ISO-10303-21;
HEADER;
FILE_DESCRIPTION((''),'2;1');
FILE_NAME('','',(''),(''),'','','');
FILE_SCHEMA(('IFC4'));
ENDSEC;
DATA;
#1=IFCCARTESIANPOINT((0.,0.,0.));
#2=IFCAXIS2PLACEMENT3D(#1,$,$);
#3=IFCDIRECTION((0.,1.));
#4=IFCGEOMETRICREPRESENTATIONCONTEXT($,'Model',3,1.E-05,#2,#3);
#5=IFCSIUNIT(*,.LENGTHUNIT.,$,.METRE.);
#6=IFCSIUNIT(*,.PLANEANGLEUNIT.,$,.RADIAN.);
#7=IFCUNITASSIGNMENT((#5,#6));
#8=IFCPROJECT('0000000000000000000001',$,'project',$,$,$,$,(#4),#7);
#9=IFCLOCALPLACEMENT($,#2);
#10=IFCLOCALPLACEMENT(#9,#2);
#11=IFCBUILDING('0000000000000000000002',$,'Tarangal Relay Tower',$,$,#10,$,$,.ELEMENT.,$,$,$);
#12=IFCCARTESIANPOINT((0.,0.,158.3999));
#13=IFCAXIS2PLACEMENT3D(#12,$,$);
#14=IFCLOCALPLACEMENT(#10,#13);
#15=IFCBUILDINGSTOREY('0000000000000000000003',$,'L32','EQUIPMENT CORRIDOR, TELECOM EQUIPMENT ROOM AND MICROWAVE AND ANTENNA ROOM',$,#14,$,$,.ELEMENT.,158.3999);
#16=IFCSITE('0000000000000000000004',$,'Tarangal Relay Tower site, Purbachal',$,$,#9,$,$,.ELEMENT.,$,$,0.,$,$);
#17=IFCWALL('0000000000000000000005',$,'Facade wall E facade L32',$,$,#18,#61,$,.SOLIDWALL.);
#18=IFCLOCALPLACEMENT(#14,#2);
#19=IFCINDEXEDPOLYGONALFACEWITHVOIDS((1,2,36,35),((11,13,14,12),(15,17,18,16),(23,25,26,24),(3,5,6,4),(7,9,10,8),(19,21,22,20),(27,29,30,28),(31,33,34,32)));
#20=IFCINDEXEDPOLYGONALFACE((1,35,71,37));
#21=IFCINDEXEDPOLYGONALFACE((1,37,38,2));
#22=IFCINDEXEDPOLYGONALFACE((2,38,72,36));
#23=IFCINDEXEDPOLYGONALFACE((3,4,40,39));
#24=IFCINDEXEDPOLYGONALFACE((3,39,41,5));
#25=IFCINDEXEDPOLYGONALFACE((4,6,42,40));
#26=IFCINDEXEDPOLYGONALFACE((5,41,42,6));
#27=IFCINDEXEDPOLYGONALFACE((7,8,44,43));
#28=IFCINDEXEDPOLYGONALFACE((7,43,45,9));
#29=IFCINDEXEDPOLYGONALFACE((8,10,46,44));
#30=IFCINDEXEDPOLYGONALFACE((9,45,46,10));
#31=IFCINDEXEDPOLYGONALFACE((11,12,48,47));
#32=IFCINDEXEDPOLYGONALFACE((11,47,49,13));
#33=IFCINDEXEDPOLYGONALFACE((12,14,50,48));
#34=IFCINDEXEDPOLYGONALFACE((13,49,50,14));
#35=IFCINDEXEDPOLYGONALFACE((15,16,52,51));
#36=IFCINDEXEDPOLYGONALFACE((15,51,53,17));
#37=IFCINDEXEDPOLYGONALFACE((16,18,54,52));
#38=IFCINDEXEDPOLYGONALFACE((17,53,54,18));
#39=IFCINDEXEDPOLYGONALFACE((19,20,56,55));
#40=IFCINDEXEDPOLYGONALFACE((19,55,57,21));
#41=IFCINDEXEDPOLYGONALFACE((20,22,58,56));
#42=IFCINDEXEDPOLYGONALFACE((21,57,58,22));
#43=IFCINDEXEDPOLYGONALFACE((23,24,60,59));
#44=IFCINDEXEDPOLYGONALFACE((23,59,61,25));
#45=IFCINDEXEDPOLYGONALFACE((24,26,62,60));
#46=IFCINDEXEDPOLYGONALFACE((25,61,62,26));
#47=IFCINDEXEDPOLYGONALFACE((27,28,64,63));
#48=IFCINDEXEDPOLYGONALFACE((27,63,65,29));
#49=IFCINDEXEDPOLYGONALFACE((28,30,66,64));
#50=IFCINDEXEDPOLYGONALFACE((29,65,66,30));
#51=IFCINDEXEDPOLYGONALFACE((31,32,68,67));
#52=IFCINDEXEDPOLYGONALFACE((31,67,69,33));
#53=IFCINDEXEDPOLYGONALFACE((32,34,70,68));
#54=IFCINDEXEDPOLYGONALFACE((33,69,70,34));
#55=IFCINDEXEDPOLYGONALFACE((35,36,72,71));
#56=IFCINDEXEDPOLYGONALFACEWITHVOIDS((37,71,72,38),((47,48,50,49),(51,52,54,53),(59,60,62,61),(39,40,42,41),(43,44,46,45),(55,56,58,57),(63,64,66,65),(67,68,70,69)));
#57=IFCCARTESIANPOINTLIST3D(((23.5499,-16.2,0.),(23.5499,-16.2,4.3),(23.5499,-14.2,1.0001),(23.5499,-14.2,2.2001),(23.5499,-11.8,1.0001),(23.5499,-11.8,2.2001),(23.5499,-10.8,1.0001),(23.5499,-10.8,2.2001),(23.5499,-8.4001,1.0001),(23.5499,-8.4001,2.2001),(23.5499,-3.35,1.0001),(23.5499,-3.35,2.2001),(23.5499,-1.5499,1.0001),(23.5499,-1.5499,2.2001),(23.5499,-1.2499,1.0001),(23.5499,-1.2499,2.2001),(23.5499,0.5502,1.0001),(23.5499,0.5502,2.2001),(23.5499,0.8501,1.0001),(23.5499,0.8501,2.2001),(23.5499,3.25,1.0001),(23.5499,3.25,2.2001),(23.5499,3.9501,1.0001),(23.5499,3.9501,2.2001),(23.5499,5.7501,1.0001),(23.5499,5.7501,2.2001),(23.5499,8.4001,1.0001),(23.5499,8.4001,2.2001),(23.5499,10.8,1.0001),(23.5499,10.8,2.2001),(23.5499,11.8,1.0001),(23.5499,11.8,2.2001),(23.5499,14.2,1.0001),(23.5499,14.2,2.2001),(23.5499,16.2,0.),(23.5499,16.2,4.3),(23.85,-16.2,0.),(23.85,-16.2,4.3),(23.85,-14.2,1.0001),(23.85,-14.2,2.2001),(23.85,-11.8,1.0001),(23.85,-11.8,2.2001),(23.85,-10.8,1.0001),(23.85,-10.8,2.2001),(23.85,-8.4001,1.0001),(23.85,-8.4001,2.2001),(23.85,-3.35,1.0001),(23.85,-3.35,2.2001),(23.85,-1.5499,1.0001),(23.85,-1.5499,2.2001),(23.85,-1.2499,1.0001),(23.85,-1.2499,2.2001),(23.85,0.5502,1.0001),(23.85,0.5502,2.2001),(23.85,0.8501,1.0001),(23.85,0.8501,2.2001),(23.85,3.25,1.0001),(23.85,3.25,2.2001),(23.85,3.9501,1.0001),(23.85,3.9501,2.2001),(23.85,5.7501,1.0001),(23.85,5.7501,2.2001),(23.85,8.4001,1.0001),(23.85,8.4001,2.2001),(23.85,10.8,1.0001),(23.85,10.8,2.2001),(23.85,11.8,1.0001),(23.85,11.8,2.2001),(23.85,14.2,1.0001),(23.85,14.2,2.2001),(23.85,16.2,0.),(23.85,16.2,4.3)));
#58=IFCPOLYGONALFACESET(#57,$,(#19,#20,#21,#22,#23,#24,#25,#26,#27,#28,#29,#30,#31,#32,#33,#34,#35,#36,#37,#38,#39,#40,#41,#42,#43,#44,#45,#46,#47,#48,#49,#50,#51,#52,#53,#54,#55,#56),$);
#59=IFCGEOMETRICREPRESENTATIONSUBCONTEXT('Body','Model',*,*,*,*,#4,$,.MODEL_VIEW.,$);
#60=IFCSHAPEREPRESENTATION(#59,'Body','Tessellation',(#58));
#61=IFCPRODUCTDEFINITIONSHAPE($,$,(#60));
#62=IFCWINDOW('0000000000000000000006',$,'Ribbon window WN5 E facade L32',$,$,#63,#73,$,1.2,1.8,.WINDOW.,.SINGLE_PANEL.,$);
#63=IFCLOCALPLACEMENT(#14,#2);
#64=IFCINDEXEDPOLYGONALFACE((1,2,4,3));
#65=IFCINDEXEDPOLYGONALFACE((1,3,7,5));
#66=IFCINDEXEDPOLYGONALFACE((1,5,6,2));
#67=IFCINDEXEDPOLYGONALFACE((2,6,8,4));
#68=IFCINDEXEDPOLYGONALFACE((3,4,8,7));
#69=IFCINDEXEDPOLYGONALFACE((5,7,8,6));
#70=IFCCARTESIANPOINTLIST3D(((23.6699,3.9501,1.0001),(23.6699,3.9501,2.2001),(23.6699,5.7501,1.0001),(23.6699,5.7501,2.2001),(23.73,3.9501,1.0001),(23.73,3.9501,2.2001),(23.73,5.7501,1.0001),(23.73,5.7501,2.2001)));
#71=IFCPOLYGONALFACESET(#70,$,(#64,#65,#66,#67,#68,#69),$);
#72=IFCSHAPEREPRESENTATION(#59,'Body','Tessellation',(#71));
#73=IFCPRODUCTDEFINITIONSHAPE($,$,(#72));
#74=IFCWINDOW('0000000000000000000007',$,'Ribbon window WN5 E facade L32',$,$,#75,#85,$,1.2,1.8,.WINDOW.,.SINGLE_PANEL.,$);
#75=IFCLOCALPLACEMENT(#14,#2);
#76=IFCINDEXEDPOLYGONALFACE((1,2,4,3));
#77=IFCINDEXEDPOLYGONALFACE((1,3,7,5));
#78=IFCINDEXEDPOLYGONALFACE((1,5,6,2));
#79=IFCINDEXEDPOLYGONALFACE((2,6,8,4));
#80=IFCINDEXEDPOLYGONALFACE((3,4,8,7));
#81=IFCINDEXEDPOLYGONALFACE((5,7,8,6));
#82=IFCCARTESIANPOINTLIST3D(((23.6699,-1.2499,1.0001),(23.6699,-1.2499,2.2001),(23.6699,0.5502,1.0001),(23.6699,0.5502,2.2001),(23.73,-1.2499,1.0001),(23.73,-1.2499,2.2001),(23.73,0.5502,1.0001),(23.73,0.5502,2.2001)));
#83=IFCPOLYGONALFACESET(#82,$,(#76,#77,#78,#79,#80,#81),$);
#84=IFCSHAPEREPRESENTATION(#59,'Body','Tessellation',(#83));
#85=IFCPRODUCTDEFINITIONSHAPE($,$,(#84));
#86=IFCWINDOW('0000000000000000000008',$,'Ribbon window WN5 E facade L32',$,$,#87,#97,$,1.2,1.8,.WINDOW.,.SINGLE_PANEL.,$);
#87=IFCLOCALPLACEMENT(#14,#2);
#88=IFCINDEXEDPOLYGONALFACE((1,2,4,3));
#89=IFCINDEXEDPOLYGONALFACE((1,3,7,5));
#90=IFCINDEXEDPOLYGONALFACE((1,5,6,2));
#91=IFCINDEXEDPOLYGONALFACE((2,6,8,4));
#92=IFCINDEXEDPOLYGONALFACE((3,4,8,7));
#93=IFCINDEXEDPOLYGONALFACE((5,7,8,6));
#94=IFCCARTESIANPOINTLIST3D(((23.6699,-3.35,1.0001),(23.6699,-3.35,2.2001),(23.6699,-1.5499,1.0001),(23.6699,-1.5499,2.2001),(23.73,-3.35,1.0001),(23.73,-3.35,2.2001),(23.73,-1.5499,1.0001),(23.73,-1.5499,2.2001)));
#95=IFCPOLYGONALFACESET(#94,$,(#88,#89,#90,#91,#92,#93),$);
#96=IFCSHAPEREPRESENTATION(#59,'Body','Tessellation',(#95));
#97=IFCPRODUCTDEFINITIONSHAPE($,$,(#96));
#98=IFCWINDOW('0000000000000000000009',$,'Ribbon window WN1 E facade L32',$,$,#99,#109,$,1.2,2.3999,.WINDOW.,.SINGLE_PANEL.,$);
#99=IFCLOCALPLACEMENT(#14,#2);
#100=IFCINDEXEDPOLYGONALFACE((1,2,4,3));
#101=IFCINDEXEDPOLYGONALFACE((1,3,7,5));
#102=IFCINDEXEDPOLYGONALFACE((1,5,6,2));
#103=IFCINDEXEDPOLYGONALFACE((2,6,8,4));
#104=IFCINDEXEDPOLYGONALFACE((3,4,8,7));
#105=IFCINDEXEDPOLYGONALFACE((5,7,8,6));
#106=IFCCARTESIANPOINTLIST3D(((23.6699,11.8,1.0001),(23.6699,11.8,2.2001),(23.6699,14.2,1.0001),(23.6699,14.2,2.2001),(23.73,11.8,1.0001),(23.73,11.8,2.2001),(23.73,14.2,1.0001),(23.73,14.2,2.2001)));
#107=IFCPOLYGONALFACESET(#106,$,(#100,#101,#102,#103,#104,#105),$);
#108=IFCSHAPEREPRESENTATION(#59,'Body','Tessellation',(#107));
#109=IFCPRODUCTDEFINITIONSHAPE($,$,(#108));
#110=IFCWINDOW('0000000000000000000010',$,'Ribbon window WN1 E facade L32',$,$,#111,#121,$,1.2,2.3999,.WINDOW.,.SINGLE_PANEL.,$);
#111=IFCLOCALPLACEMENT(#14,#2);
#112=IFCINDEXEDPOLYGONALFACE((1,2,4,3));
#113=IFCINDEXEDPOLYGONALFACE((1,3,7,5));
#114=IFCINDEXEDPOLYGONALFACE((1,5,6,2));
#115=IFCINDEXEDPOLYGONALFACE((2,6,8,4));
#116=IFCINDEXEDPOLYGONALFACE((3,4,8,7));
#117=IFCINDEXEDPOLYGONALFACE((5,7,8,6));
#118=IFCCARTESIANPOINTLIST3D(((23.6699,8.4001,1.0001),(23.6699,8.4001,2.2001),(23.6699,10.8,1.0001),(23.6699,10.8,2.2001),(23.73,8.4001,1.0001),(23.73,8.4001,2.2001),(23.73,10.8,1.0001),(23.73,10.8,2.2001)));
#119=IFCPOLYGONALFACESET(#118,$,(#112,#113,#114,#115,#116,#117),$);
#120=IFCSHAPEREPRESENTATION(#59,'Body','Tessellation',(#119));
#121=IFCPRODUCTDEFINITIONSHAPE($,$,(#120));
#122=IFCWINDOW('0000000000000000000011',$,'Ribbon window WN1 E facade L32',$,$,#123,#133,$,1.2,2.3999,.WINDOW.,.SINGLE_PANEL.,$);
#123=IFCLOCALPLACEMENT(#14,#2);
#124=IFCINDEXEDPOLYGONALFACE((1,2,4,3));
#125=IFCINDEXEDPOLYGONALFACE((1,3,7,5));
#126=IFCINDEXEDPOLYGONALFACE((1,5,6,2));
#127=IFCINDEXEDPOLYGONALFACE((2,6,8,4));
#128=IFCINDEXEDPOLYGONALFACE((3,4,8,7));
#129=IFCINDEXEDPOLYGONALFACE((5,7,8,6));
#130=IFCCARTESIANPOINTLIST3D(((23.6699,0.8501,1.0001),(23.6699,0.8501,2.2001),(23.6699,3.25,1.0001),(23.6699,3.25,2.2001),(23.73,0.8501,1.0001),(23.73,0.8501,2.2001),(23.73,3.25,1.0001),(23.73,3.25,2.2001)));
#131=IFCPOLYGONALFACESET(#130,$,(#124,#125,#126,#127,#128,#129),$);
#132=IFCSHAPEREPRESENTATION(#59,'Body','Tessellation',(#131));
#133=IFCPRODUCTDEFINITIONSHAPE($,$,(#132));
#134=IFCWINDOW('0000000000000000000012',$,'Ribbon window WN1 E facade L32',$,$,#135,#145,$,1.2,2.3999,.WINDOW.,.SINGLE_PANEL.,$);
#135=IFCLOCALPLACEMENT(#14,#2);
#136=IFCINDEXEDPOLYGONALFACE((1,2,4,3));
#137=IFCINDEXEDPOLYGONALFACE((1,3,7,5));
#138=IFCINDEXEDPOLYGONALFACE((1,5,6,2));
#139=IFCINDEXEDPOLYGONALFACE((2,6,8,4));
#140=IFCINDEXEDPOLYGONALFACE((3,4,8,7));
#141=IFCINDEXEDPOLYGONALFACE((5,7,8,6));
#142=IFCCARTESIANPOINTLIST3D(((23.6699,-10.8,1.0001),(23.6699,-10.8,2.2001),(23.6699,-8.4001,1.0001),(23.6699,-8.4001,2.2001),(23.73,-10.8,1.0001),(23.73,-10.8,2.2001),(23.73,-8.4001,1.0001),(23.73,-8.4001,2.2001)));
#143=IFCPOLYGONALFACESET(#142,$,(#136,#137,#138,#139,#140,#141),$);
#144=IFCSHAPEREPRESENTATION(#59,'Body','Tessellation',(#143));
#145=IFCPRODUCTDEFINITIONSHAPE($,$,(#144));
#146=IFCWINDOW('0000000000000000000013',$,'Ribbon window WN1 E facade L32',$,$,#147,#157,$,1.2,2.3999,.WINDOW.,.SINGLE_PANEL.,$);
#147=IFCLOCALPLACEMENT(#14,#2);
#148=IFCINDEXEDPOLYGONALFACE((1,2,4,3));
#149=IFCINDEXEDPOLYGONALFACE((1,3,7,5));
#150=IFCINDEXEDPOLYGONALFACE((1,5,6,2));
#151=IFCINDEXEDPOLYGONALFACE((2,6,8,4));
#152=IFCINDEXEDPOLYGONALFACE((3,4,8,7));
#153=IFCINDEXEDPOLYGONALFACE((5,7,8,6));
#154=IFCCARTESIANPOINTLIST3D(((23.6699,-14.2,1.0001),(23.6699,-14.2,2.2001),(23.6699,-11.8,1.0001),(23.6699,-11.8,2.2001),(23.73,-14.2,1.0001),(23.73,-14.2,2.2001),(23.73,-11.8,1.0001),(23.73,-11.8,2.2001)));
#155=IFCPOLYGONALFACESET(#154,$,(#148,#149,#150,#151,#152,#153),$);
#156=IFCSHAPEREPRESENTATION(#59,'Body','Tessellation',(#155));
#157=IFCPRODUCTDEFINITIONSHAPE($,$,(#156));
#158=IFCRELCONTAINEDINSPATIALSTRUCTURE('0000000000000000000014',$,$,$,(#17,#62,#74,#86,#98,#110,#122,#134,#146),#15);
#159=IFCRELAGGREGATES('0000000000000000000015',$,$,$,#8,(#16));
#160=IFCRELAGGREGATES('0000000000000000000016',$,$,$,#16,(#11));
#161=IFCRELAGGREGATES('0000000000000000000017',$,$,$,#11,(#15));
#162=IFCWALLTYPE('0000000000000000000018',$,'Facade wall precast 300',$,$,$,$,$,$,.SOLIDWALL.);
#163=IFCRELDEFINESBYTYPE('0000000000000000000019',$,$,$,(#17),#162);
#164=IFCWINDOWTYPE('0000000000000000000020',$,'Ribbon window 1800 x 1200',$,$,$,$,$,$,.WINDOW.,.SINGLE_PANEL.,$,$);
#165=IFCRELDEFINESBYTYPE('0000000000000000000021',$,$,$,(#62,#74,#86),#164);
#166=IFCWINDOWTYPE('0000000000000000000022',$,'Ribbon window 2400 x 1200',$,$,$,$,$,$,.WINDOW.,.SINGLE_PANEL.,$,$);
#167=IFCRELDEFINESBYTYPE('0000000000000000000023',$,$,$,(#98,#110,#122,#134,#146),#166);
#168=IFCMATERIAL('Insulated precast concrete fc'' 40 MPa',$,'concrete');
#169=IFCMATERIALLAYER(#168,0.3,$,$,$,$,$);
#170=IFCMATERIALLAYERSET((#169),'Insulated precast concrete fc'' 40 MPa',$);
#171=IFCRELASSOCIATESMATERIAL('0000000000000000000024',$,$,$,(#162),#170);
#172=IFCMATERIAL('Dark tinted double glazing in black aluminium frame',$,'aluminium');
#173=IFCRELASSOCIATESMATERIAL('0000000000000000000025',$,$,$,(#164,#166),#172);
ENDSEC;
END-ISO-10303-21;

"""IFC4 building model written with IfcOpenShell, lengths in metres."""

from ifc_helpers import new_model, si_unit, direction, frame, frame_2d, origin, place, context, subcontext, project, spatial, rectangle, extrude, material, layer, layer_set, type_object, element, fill, save


model = new_model("IFC4")

# Units and contexts
model_context = context("Model", 3, precision=1e-05, world=origin(), true_north=direction((0.0, 1.0)))
body_context = subcontext(model_context, "Body", "Model", "MODEL_VIEW")
ifc_project = project(units=[si_unit("LENGTHUNIT", "METRE"), si_unit("PLANEANGLEUNIT", "RADIAN")], contexts=[model_context])

# Site, building, storey
site_placement = place(None, origin())
site = spatial("IfcSite", under=ifc_project, at=site_placement, Name="Tarangal Relay Tower site, Purbachal", CompositionType="ELEMENT", RefElevation=0.0)
building_placement = place(site_placement, origin())
building = spatial("IfcBuilding", under=site, at=building_placement, Name="Tarangal Relay Tower", CompositionType="ELEMENT")
storey_placement = place(building_placement, frame((0.0, 0.0, 158.3999)))
storey = spatial("IfcBuildingStorey", under=building, at=storey_placement, Name="L32", Description="EQUIPMENT CORRIDOR, TELECOM EQUIPMENT ROOM AND MICROWAVE AND ANTENNA ROOM", CompositionType="ELEMENT", Elevation=158.3999)

# Shared definitions
ifc_material_1 = material(Name="Insulated precast concrete fc' 40 MPa", Category="concrete")
ifc_layer_1 = layer(ifc_material_1, 0.3)
ifc_layer_set_1 = layer_set([ifc_layer_1], Name="Insulated precast concrete fc' 40 MPa")
wall_type_1 = type_object("IfcWallType", Name="Facade wall precast 300", PredefinedType="SOLIDWALL", material=ifc_layer_set_1)

# Wall, openings, windows
wall_1_placement = place(storey_placement, frame((23.7, 16.2, 0.0), z_axis=(0.0, 0.0, 1.0), x_axis=(0.0, -1.0, 0.0)))
wall_1 = element("IfcWall", 1, at=wall_1_placement, inside=storey, type_object=wall_type_1, Name="Facade wall E facade L32", PredefinedType="SOLIDWALL", context=body_context, shape_type="SweptSolid", body=[
    extrude(rectangle(XDim=32.3999, YDim=0.3, at=frame_2d((16.2, 0.0))), origin(), (0.0, 0.0, 1.0), 4.3),
])
opening_1_placement = place(wall_1_placement, frame((2.0, 0.0, 1.0)))
opening_1 = element("IfcOpeningElement", 2, at=opening_1_placement, cuts=wall_1, PredefinedType="OPENING", context=body_context, shape_type="SweptSolid", body=[
    extrude(rectangle(XDim=2.3999, YDim=1.2, at=frame_2d((1.2, 0.6001))), frame((0.0, 0.1599, 0.0), z_axis=(0.0, -1.0, 0.0), x_axis=(1.0, 0.0, 0.0)), (0.0, 0.0, 1.0), 0.3201),
])
opening_2_placement = place(wall_1_placement, frame((5.3999, 0.0, 1.0)))
opening_2 = element("IfcOpeningElement", 3, at=opening_2_placement, cuts=wall_1, PredefinedType="OPENING", context=body_context, shape_type="SweptSolid", body=[
    extrude(rectangle(XDim=2.3999, YDim=1.2, at=frame_2d((1.2, 0.6001))), frame((0.0, 0.1599, 0.0), z_axis=(0.0, -1.0, 0.0), x_axis=(1.0, 0.0, 0.0)), (0.0, 0.0, 1.0), 0.3201),
])
opening_3_placement = place(wall_1_placement, frame((10.45, 0.0, 1.0)))
opening_3 = element("IfcOpeningElement", 4, at=opening_3_placement, cuts=wall_1, PredefinedType="OPENING", context=body_context, shape_type="SweptSolid", body=[
    extrude(rectangle(XDim=1.8, YDim=1.2, at=frame_2d((0.8999, 0.6001))), frame((0.0, 0.1599, 0.0), z_axis=(0.0, -1.0, 0.0), x_axis=(1.0, 0.0, 0.0)), (0.0, 0.0, 1.0), 0.3201),
])
opening_4_placement = place(wall_1_placement, frame((12.95, 0.0, 1.0)))
opening_4 = element("IfcOpeningElement", 5, at=opening_4_placement, cuts=wall_1, PredefinedType="OPENING", context=body_context, shape_type="SweptSolid", body=[
    extrude(rectangle(XDim=2.3999, YDim=1.2, at=frame_2d((1.2, 0.6001))), frame((0.0, 0.1599, 0.0), z_axis=(0.0, -1.0, 0.0), x_axis=(1.0, 0.0, 0.0)), (0.0, 0.0, 1.0), 0.3201),
])
opening_5_placement = place(wall_1_placement, frame((15.6499, 0.0, 1.0)))
opening_5 = element("IfcOpeningElement", 6, at=opening_5_placement, cuts=wall_1, PredefinedType="OPENING", context=body_context, shape_type="SweptSolid", body=[
    extrude(rectangle(XDim=1.8, YDim=1.2, at=frame_2d((0.8999, 0.6001))), frame((0.0, 0.1599, 0.0), z_axis=(0.0, -1.0, 0.0), x_axis=(1.0, 0.0, 0.0)), (0.0, 0.0, 1.0), 0.3201),
])
opening_6_placement = place(wall_1_placement, frame((17.75, 0.0, 1.0)))
opening_6 = element("IfcOpeningElement", 7, at=opening_6_placement, cuts=wall_1, PredefinedType="OPENING", context=body_context, shape_type="SweptSolid", body=[
    extrude(rectangle(XDim=1.8, YDim=1.2, at=frame_2d((0.8999, 0.6001))), frame((0.0, 0.1599, 0.0), z_axis=(0.0, -1.0, 0.0), x_axis=(1.0, 0.0, 0.0)), (0.0, 0.0, 1.0), 0.3201),
])
opening_7_placement = place(wall_1_placement, frame((24.6001, 0.0, 1.0)))
opening_7 = element("IfcOpeningElement", 8, at=opening_7_placement, cuts=wall_1, PredefinedType="OPENING", context=body_context, shape_type="SweptSolid", body=[
    extrude(rectangle(XDim=2.3999, YDim=1.2, at=frame_2d((1.2, 0.6001))), frame((0.0, 0.1599, 0.0), z_axis=(0.0, -1.0, 0.0), x_axis=(1.0, 0.0, 0.0)), (0.0, 0.0, 1.0), 0.3201),
])
opening_8_placement = place(wall_1_placement, frame((28.0, 0.0, 1.0)))
opening_8 = element("IfcOpeningElement", 9, at=opening_8_placement, cuts=wall_1, PredefinedType="OPENING", context=body_context, shape_type="SweptSolid", body=[
    extrude(rectangle(XDim=2.3999, YDim=1.2, at=frame_2d((1.2, 0.6001))), frame((0.0, 0.1599, 0.0), z_axis=(0.0, -1.0, 0.0), x_axis=(1.0, 0.0, 0.0)), (0.0, 0.0, 1.0), 0.3201),
])
ifc_material_2 = material(Name="Dark tinted double glazing in black aluminium frame", Category="aluminium")
window_type_1 = type_object("IfcWindowType", Name="Ribbon window 1800 x 1200", PartitioningType="SINGLE_PANEL", PredefinedType="WINDOW", material=ifc_material_2)
window_1_placement = place(opening_3_placement, origin())
window_1 = element("IfcWindow", 10, at=window_1_placement, inside=storey, type_object=window_type_1, Name="Ribbon window WN5 E facade L32", OverallHeight=1.2, OverallWidth=1.8, PartitioningType="SINGLE_PANEL", PredefinedType="WINDOW", context=body_context, shape_type="SweptSolid", body=[
    extrude(rectangle(XDim=1.8, YDim=1.2, at=frame_2d((0.8999, 0.6001))), frame((0.0, 0.03, 0.0), z_axis=(0.0, -1.0, 0.0), x_axis=(1.0, 0.0, 0.0)), (0.0, 0.0, 1.0), 0.0601),
])
fill(opening_3, window_1)
window_2_placement = place(opening_5_placement, origin())
window_2 = element("IfcWindow", 11, at=window_2_placement, inside=storey, type_object=window_type_1, Name="Ribbon window WN5 E facade L32", OverallHeight=1.2, OverallWidth=1.8, PartitioningType="SINGLE_PANEL", PredefinedType="WINDOW", context=body_context, shape_type="SweptSolid", body=[
    extrude(rectangle(XDim=1.8, YDim=1.2, at=frame_2d((0.8999, 0.6001))), frame((0.0, 0.03, 0.0), z_axis=(0.0, -1.0, 0.0), x_axis=(1.0, 0.0, 0.0)), (0.0, 0.0, 1.0), 0.0601),
])
fill(opening_5, window_2)
window_3_placement = place(opening_6_placement, origin())
window_3 = element("IfcWindow", 12, at=window_3_placement, inside=storey, type_object=window_type_1, Name="Ribbon window WN5 E facade L32", OverallHeight=1.2, OverallWidth=1.8, PartitioningType="SINGLE_PANEL", PredefinedType="WINDOW", context=body_context, shape_type="SweptSolid", body=[
    extrude(rectangle(XDim=1.8, YDim=1.2, at=frame_2d((0.8999, 0.6001))), frame((0.0, 0.03, 0.0), z_axis=(0.0, -1.0, 0.0), x_axis=(1.0, 0.0, 0.0)), (0.0, 0.0, 1.0), 0.0601),
])
fill(opening_6, window_3)
window_type_2 = type_object("IfcWindowType", Name="Ribbon window 2400 x 1200", PartitioningType="SINGLE_PANEL", PredefinedType="WINDOW", material=ifc_material_2)
window_4_placement = place(opening_1_placement, origin())
window_4 = element("IfcWindow", 13, at=window_4_placement, inside=storey, type_object=window_type_2, Name="Ribbon window WN1 E facade L32", OverallHeight=1.2, OverallWidth=2.3999, PartitioningType="SINGLE_PANEL", PredefinedType="WINDOW", context=body_context, shape_type="SweptSolid", body=[
    extrude(rectangle(XDim=2.3999, YDim=1.2, at=frame_2d((1.2, 0.6001))), frame((0.0, 0.03, 0.0), z_axis=(0.0, -1.0, 0.0), x_axis=(1.0, 0.0, 0.0)), (0.0, 0.0, 1.0), 0.0601),
])
fill(opening_1, window_4)
window_5_placement = place(opening_2_placement, origin())
window_5 = element("IfcWindow", 14, at=window_5_placement, inside=storey, type_object=window_type_2, Name="Ribbon window WN1 E facade L32", OverallHeight=1.2, OverallWidth=2.3999, PartitioningType="SINGLE_PANEL", PredefinedType="WINDOW", context=body_context, shape_type="SweptSolid", body=[
    extrude(rectangle(XDim=2.3999, YDim=1.2, at=frame_2d((1.2, 0.6001))), frame((0.0, 0.03, 0.0), z_axis=(0.0, -1.0, 0.0), x_axis=(1.0, 0.0, 0.0)), (0.0, 0.0, 1.0), 0.0601),
])
fill(opening_2, window_5)
window_6_placement = place(opening_4_placement, origin())
window_6 = element("IfcWindow", 15, at=window_6_placement, inside=storey, type_object=window_type_2, Name="Ribbon window WN1 E facade L32", OverallHeight=1.2, OverallWidth=2.3999, PartitioningType="SINGLE_PANEL", PredefinedType="WINDOW", context=body_context, shape_type="SweptSolid", body=[
    extrude(rectangle(XDim=2.3999, YDim=1.2, at=frame_2d((1.2, 0.6001))), frame((0.0, 0.03, 0.0), z_axis=(0.0, -1.0, 0.0), x_axis=(1.0, 0.0, 0.0)), (0.0, 0.0, 1.0), 0.0601),
])
fill(opening_4, window_6)
window_7_placement = place(opening_7_placement, origin())
window_7 = element("IfcWindow", 16, at=window_7_placement, inside=storey, type_object=window_type_2, Name="Ribbon window WN1 E facade L32", OverallHeight=1.2, OverallWidth=2.3999, PartitioningType="SINGLE_PANEL", PredefinedType="WINDOW", context=body_context, shape_type="SweptSolid", body=[
    extrude(rectangle(XDim=2.3999, YDim=1.2, at=frame_2d((1.2, 0.6001))), frame((0.0, 0.03, 0.0), z_axis=(0.0, -1.0, 0.0), x_axis=(1.0, 0.0, 0.0)), (0.0, 0.0, 1.0), 0.0601),
])
fill(opening_7, window_7)
window_8_placement = place(opening_8_placement, origin())
window_8 = element("IfcWindow", 17, at=window_8_placement, inside=storey, type_object=window_type_2, Name="Ribbon window WN1 E facade L32", OverallHeight=1.2, OverallWidth=2.3999, PartitioningType="SINGLE_PANEL", PredefinedType="WINDOW", context=body_context, shape_type="SweptSolid", body=[
    extrude(rectangle(XDim=2.3999, YDim=1.2, at=frame_2d((1.2, 0.6001))), frame((0.0, 0.03, 0.0), z_axis=(0.0, -1.0, 0.0), x_axis=(1.0, 0.0, 0.0)), (0.0, 0.0, 1.0), 0.0601),
])
fill(opening_8, window_8)

save(model, "model.ifc")
